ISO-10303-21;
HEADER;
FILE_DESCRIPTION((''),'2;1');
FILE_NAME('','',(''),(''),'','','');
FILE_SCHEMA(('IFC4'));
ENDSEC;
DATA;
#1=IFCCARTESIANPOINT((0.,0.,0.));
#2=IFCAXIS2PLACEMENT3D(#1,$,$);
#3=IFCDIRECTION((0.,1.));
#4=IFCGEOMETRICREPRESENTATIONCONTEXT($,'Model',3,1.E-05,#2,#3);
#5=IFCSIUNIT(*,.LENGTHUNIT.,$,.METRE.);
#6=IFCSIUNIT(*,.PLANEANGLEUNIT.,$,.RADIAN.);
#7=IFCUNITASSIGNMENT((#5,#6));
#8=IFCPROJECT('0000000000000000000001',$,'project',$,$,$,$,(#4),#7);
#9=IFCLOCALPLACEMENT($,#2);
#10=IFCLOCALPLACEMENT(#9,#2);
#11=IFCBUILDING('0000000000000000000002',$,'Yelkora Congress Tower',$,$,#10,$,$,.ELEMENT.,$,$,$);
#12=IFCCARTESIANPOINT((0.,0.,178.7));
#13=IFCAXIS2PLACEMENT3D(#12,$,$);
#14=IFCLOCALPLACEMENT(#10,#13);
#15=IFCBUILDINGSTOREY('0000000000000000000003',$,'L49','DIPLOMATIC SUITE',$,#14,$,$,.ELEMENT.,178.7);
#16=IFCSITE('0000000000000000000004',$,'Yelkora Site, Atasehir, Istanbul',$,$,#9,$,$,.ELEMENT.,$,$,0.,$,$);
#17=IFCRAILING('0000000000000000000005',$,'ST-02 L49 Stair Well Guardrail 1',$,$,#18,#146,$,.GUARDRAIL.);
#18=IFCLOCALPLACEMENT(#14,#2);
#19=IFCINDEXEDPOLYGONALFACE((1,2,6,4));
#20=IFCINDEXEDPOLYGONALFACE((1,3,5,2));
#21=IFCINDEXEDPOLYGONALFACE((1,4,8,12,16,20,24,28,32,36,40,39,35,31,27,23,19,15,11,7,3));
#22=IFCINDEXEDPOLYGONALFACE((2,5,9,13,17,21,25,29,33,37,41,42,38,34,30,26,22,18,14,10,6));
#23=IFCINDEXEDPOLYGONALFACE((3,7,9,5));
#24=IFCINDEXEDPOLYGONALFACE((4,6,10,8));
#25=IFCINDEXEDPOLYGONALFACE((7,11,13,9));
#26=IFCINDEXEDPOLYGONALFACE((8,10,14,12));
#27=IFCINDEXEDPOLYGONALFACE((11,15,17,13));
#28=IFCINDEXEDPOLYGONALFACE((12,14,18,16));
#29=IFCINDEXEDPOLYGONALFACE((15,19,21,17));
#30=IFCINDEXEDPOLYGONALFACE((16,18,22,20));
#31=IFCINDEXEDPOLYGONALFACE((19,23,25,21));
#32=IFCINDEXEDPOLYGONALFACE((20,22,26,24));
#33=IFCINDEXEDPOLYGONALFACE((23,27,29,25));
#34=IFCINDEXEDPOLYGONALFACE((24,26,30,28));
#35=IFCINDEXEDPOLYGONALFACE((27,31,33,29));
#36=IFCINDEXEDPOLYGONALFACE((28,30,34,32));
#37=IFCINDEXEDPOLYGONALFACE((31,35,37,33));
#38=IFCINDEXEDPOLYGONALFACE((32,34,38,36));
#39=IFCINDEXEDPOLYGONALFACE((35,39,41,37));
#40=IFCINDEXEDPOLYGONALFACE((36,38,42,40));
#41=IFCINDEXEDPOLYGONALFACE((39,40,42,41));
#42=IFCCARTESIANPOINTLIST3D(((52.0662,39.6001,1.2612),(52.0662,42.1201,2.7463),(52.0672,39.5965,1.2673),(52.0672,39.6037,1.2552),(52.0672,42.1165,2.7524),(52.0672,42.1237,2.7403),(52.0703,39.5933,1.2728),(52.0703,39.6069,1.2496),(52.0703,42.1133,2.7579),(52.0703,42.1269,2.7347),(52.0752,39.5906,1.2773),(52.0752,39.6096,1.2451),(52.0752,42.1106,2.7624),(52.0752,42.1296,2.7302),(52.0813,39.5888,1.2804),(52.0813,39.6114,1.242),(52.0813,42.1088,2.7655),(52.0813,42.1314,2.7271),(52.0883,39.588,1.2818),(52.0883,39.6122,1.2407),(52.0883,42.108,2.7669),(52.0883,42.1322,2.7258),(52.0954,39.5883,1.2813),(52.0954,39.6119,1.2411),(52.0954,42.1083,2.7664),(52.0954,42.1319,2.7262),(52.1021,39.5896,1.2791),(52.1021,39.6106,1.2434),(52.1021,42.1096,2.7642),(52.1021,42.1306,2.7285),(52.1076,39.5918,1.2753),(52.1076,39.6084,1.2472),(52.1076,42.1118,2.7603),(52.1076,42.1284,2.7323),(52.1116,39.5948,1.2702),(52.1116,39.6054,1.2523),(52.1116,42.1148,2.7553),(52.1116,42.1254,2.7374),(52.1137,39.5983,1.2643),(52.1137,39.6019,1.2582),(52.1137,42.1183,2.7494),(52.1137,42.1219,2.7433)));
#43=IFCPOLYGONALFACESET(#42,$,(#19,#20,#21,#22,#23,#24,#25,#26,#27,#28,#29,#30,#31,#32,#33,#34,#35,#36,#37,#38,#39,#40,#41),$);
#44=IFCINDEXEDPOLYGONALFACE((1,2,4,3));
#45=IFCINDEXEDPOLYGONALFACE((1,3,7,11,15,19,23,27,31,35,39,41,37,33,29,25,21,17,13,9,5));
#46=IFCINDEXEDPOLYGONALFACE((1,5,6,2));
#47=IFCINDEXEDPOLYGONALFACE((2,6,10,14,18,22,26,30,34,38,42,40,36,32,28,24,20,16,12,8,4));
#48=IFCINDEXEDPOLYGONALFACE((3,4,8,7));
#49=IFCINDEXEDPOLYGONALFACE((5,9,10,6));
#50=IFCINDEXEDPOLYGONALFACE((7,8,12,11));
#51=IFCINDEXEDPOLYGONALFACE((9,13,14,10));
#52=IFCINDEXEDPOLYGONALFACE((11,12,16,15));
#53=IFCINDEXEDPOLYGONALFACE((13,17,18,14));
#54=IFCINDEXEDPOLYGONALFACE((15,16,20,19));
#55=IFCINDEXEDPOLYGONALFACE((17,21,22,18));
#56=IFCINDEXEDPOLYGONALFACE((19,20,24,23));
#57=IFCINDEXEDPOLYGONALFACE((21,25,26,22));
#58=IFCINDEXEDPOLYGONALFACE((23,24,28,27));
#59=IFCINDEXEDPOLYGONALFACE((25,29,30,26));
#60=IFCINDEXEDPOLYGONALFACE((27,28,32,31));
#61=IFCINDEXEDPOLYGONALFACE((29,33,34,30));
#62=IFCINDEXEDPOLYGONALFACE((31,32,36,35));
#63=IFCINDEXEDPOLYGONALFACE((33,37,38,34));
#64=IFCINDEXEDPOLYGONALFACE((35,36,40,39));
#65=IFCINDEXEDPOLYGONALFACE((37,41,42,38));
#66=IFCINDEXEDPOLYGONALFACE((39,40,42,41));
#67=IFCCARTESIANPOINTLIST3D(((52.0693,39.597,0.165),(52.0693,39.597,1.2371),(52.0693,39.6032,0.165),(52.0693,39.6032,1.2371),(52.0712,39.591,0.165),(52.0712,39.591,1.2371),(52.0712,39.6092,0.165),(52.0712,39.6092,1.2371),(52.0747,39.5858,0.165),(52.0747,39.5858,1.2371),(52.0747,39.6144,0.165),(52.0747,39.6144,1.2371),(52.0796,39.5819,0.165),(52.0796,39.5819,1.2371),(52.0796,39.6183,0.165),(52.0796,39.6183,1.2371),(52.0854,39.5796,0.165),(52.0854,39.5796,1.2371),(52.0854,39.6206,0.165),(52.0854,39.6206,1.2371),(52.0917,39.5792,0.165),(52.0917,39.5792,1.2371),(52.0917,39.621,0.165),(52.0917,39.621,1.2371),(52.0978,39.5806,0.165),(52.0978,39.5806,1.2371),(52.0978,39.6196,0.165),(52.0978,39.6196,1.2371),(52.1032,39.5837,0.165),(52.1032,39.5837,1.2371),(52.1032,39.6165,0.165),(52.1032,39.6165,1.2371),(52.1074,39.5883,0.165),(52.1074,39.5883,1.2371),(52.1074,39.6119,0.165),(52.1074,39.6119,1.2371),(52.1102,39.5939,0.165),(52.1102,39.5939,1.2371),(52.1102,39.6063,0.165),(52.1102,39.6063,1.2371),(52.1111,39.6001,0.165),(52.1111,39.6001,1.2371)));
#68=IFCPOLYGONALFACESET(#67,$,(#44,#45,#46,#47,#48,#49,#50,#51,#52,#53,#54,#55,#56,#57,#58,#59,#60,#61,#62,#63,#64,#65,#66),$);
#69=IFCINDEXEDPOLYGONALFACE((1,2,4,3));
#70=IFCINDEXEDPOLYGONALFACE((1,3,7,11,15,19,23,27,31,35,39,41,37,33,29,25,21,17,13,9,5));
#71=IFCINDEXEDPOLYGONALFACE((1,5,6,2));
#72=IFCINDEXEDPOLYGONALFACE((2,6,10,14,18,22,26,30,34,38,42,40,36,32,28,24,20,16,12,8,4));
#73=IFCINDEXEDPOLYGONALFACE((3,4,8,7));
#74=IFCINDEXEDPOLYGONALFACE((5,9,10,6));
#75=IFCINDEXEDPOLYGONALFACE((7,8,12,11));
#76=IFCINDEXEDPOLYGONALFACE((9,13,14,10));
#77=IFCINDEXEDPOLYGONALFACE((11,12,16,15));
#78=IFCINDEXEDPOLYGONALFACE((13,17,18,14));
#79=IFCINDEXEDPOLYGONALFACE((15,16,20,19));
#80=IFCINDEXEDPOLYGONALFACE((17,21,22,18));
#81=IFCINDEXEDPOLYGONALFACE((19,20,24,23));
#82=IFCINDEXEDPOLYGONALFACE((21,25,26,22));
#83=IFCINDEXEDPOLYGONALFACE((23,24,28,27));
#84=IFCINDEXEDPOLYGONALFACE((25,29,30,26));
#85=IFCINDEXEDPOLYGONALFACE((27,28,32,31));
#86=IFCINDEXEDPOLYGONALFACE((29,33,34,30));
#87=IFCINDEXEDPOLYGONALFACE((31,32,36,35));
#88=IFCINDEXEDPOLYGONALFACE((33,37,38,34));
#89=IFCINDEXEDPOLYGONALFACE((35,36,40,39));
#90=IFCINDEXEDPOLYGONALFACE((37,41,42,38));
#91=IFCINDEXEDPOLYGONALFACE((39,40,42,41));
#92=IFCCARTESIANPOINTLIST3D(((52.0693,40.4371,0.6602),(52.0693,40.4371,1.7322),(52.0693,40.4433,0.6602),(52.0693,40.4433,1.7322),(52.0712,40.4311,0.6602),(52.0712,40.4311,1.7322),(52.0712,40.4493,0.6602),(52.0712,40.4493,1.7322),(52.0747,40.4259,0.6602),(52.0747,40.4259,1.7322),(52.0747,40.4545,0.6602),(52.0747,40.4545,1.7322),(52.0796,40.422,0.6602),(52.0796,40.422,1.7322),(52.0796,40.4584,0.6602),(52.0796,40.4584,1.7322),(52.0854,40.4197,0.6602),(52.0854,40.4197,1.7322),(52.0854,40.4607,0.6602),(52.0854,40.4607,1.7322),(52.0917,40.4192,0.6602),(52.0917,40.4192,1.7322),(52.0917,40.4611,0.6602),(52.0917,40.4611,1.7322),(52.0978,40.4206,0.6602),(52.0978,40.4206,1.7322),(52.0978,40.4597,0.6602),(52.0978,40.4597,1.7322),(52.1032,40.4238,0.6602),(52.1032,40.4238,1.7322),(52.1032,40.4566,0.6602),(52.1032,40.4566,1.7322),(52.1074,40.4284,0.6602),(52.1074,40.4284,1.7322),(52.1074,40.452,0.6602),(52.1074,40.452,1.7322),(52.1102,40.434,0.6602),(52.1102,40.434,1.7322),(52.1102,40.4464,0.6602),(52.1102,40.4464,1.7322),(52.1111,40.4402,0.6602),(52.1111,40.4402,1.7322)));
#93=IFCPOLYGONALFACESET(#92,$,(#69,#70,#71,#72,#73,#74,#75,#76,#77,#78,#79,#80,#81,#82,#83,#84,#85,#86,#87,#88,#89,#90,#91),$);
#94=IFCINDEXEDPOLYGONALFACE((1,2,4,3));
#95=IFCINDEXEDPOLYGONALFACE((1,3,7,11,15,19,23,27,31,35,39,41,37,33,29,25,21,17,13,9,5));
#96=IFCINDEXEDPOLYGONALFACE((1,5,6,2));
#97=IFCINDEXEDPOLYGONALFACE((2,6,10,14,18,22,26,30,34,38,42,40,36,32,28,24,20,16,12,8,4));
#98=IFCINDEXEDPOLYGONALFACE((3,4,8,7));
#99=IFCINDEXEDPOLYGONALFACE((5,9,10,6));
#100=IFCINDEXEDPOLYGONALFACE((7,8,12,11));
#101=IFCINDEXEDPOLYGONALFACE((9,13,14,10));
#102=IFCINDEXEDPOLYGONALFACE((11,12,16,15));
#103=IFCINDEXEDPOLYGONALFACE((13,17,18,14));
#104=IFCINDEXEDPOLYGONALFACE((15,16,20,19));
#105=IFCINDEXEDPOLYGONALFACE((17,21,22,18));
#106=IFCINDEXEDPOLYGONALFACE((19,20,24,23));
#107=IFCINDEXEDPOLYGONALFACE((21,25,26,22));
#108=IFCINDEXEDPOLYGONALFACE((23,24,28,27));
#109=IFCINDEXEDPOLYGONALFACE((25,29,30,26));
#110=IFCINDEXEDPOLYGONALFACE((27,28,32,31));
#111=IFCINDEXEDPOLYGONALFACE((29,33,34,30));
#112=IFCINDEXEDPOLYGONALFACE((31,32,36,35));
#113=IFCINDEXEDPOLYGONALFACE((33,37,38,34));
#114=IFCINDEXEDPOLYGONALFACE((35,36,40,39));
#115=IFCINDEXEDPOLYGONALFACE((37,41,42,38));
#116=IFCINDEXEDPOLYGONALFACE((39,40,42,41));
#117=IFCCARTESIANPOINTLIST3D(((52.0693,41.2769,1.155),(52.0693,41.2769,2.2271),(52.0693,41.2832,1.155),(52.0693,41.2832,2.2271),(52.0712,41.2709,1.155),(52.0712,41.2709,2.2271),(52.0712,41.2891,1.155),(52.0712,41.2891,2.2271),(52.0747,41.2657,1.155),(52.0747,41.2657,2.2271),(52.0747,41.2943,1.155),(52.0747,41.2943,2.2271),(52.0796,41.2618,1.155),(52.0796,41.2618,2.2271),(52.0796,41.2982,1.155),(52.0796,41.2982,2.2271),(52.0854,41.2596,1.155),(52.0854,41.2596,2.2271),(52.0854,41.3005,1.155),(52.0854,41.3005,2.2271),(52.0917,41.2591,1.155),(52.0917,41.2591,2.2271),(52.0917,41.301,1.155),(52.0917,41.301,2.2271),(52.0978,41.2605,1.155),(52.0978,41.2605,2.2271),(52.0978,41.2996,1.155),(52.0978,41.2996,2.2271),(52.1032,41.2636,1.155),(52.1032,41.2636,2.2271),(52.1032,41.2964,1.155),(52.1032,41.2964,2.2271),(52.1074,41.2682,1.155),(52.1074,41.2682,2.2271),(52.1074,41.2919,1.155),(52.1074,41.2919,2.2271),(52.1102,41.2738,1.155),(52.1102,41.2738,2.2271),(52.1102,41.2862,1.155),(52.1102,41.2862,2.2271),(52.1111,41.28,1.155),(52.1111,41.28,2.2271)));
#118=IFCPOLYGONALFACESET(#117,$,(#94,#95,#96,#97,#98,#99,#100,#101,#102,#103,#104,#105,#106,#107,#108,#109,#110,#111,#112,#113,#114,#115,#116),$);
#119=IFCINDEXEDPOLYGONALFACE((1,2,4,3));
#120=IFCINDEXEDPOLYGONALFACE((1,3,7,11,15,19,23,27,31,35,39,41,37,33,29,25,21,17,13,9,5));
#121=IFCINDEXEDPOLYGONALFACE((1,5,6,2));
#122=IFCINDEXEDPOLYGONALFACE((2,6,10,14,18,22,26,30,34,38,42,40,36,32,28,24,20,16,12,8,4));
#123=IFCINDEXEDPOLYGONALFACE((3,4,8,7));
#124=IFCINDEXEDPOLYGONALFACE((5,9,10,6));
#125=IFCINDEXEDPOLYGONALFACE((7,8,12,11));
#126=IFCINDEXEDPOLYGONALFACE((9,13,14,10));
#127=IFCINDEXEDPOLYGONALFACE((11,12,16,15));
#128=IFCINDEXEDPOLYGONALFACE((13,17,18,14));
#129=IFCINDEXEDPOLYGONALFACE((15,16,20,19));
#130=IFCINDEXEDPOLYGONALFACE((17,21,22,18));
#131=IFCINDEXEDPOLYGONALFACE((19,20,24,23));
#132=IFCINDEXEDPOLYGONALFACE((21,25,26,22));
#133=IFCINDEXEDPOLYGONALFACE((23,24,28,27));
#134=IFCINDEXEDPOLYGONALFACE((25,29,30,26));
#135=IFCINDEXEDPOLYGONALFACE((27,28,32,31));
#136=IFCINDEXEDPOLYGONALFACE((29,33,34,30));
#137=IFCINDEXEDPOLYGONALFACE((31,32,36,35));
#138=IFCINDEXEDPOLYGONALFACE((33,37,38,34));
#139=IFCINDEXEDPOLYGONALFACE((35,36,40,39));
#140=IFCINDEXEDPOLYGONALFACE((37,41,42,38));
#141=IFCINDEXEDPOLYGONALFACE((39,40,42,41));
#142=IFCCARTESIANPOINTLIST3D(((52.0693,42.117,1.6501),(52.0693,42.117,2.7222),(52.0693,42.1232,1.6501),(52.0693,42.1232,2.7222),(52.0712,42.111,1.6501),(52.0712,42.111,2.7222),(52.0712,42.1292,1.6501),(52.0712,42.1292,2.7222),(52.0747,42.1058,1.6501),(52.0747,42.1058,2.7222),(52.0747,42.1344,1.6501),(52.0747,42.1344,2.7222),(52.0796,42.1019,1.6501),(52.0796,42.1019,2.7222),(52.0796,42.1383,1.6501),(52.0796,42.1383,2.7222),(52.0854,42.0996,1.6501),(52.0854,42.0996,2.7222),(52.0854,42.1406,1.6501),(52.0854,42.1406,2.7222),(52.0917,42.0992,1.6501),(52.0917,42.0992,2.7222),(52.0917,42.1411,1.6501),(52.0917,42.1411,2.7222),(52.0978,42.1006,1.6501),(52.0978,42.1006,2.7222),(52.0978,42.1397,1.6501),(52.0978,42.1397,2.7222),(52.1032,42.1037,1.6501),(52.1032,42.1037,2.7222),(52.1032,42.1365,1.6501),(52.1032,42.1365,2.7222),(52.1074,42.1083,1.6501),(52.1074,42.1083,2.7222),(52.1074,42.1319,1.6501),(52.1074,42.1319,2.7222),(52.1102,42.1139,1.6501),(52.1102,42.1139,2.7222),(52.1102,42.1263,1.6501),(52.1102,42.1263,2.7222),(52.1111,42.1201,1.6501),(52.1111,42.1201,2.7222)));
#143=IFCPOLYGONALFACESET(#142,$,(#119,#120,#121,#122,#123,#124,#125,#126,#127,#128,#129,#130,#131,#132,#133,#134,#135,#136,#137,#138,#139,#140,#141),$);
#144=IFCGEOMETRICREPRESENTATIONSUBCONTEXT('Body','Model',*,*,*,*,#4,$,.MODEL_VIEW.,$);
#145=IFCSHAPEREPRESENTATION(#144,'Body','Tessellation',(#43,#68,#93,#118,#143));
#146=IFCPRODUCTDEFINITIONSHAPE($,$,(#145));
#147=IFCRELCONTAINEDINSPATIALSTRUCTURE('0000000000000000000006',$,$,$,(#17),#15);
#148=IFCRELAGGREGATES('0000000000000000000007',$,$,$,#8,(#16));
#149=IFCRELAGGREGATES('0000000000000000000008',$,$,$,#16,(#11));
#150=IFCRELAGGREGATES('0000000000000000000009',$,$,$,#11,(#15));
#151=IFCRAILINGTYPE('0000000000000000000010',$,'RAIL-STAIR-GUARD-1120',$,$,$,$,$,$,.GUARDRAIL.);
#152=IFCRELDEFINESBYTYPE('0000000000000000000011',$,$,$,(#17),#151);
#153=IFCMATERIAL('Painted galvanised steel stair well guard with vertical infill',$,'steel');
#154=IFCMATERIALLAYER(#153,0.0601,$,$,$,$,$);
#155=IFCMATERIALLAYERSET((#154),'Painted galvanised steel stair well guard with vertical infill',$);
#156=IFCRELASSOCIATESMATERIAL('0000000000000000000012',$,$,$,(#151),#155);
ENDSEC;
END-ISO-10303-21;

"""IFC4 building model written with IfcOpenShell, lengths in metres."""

from ifc_helpers import new_model, si_unit, direction, frame, origin, origin_2d, place, context, subcontext, project, spatial, circle, extrude, material, layer, layer_set, type_object, element, save


model = new_model("IFC4")

# Units and contexts
model_context = context("Model", 3, precision=1e-05, world=origin(), true_north=direction((0.0, 1.0)))
body_context = subcontext(model_context, "Body", "Model", "MODEL_VIEW")
ifc_project = project(units=[si_unit("LENGTHUNIT", "METRE"), si_unit("PLANEANGLEUNIT", "RADIAN")], contexts=[model_context])

# Site, building, storey
site_placement = place(None, origin())
site = spatial("IfcSite", under=ifc_project, at=site_placement, Name="Yelkora Site, Atasehir, Istanbul", CompositionType="ELEMENT", RefElevation=0.0)
building_placement = place(site_placement, origin())
building = spatial("IfcBuilding", under=site, at=building_placement, Name="Yelkora Congress Tower", CompositionType="ELEMENT")
storey_placement = place(building_placement, frame((0.0, 0.0, 178.7)))
storey = spatial("IfcBuildingStorey", under=building, at=storey_placement, Name="L49", Description="DIPLOMATIC SUITE", CompositionType="ELEMENT", Elevation=178.7)

# Railing
ifc_material_1 = material(Name="Painted galvanised steel stair well guard with vertical infill", Category="steel")
ifc_layer_1 = layer(ifc_material_1, 0.0601)
ifc_layer_set_1 = layer_set([ifc_layer_1], Name="Painted galvanised steel stair well guard with vertical infill")
railing_type_1 = type_object("IfcRailingType", Name="RAIL-STAIR-GUARD-1120", PredefinedType="GUARDRAIL", material=ifc_layer_set_1)
railing_1_placement = place(storey_placement, frame((52.0901, 39.6001, 0.165)))
element("IfcRailing", 1, at=railing_1_placement, inside=storey, type_object=railing_type_1, Name="ST-02 L49 Stair Well Guardrail 1", PredefinedType="GUARDRAIL", context=body_context, shape_type="SweptSolid", body=[
    extrude(circle(Radius=0.0239, at=origin_2d()), frame((0.0, 0.0, 1.0962), z_axis=(0.0, 0.861524, 0.507717), x_axis=(-1.0, 0.0, 0.0)), (0.0, 0.0, 1.0), 2.925),
    extrude(circle(Radius=0.021, at=origin_2d()), origin(), (0.0, 0.0, 1.0), 1.072),
    extrude(circle(Radius=0.021, at=origin_2d()), frame((0.0, 0.8401, 0.4951)), (0.0, 0.0, 1.0), 1.072),
    extrude(circle(Radius=0.021, at=origin_2d()), frame((0.0, 1.6799, 0.99)), (0.0, 0.0, 1.0), 1.072),
    extrude(circle(Radius=0.021, at=origin_2d()), frame((0.0, 2.52, 1.4851)), (0.0, 0.0, 1.0), 1.072),
])

save(model, "model.ifc")
